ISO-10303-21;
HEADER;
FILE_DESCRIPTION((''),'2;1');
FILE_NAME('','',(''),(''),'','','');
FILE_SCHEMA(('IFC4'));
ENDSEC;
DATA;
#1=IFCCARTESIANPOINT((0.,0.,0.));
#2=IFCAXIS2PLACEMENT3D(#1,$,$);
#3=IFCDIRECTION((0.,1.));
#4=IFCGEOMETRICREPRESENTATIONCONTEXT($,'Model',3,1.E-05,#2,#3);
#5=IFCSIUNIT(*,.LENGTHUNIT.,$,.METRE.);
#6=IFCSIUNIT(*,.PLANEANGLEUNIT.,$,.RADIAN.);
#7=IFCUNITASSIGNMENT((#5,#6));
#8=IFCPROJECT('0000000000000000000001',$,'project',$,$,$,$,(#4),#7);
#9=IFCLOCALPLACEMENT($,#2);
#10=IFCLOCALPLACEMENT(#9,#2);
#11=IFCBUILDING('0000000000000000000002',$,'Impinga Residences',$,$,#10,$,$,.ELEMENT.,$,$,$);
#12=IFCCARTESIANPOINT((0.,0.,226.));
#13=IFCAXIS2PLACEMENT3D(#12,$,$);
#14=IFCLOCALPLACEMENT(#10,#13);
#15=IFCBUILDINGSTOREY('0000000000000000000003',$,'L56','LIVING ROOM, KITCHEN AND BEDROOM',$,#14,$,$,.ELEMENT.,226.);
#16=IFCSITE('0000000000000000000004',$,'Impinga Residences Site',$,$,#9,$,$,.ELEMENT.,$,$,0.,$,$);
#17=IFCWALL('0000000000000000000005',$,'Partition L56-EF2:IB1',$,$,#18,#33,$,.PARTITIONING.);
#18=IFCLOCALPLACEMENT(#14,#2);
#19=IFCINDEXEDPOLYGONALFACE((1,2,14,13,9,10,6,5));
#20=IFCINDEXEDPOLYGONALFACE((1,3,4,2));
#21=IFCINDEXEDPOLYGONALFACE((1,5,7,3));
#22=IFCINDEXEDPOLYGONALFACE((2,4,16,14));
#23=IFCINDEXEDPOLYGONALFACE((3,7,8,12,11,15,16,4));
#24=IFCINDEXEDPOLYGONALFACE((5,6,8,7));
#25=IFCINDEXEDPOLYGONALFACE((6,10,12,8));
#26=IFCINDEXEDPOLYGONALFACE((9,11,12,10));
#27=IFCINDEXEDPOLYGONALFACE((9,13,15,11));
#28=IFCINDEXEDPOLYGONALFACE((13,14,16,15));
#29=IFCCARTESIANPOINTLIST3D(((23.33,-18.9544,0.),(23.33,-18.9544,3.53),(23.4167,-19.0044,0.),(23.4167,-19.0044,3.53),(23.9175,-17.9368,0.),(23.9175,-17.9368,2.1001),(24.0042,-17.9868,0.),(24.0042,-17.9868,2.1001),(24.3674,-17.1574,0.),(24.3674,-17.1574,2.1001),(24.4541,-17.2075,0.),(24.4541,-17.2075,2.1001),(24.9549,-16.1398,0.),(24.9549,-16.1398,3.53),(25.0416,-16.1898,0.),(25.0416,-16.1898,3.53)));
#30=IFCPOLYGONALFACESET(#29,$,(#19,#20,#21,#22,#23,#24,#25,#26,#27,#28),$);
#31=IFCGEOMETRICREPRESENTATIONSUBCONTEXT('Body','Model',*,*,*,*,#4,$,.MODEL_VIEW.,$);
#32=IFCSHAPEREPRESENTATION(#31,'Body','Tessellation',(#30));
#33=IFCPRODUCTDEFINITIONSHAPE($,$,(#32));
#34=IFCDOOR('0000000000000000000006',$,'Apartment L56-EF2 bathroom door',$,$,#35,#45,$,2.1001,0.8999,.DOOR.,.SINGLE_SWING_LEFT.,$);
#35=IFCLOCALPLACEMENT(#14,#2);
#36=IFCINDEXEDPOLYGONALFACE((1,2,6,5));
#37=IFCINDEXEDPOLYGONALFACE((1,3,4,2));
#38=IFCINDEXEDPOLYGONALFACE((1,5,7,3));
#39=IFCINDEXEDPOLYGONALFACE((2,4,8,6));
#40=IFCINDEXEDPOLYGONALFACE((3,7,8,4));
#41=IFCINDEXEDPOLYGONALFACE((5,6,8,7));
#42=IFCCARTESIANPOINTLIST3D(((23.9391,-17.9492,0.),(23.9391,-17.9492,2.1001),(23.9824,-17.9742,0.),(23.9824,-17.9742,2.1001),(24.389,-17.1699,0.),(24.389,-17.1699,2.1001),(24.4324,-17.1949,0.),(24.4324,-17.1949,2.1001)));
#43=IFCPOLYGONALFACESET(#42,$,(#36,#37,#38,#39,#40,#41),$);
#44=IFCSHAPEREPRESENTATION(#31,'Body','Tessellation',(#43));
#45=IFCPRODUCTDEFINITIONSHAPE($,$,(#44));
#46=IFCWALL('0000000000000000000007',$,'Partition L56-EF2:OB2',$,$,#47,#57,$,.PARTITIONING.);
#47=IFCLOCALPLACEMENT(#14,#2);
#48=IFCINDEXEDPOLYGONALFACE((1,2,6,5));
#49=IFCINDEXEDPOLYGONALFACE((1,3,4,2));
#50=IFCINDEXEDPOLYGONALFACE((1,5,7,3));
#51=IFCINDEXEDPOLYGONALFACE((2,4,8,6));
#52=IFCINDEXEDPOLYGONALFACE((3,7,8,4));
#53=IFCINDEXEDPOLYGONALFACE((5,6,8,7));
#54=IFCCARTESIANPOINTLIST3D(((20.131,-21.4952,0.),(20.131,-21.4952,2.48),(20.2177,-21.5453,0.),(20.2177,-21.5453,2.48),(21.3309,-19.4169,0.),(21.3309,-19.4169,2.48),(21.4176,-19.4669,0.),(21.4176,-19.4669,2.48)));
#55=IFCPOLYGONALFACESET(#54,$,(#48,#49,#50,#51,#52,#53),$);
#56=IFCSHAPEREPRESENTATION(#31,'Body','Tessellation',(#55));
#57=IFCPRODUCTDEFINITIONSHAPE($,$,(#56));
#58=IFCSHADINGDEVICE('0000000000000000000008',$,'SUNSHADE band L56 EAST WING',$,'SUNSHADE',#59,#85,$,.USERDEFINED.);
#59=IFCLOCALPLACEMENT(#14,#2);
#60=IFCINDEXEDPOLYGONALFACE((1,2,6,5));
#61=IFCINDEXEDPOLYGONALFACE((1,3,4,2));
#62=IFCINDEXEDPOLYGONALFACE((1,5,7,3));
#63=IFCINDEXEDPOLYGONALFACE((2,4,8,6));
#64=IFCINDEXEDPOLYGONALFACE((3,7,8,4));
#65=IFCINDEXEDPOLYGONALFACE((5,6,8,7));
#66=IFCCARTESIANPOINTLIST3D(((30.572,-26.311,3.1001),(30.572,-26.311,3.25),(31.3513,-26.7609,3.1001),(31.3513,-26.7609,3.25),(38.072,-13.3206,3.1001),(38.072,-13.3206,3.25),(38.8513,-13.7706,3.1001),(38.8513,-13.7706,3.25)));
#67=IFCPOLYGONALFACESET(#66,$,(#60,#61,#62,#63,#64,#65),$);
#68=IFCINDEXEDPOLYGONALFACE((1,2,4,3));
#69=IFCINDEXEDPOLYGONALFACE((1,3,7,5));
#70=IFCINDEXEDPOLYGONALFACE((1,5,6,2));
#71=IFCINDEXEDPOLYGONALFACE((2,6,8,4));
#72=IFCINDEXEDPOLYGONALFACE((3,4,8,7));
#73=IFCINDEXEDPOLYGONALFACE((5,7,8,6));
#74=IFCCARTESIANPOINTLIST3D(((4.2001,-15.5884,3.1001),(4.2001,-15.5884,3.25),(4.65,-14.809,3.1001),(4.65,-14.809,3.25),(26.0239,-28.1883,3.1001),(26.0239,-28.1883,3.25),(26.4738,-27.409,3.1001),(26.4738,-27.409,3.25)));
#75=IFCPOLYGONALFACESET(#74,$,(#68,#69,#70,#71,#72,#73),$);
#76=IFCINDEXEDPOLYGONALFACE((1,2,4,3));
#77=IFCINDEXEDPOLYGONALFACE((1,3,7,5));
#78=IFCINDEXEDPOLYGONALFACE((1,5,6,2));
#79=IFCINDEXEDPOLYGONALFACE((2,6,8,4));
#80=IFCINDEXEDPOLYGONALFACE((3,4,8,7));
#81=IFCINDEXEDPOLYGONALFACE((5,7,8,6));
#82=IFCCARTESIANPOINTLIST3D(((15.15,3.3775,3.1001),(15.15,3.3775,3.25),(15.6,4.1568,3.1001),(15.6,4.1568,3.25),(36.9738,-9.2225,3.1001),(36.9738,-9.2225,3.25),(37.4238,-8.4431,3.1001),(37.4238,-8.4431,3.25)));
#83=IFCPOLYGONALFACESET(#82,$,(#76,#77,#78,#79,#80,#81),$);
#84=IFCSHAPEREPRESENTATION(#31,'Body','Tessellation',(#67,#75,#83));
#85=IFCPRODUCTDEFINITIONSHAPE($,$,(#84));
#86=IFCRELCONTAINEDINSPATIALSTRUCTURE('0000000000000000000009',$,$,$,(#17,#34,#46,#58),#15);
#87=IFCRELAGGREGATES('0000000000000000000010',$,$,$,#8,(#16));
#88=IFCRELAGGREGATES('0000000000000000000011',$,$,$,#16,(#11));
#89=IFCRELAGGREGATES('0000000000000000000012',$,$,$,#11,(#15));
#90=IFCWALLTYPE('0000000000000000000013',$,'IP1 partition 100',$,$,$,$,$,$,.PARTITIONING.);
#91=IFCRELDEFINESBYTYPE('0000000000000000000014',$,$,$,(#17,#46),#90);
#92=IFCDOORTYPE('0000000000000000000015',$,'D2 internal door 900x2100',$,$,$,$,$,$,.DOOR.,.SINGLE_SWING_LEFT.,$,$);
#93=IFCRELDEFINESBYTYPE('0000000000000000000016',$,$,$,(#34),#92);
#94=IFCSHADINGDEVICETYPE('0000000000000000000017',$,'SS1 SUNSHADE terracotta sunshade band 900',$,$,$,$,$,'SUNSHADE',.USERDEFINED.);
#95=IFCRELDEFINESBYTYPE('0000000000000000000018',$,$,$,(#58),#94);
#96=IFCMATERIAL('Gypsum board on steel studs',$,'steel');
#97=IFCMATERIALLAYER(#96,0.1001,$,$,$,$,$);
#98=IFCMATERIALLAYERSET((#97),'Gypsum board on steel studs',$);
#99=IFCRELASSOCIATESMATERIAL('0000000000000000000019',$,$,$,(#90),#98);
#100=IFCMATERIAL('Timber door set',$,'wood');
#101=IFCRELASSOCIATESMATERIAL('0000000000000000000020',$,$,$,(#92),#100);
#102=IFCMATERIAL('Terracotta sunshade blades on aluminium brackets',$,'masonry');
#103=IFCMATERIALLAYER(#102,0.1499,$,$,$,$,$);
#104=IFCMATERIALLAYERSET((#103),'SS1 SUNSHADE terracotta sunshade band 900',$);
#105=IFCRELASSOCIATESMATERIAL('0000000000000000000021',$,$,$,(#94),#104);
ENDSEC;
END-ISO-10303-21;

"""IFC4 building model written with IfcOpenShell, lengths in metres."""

from ifc_helpers import new_model, si_unit, direction, frame, frame_2d, origin, origin_2d, place, context, subcontext, project, spatial, rectangle, extrude, material, layer, layer_set, type_object, element, fill, save


model = new_model("IFC4")

# Units and contexts
model_context = context("Model", 3, precision=1e-05, world=origin(), true_north=direction((0.0, 1.0)))
body_context = subcontext(model_context, "Body", "Model", "MODEL_VIEW")
ifc_project = project(units=[si_unit("LENGTHUNIT", "METRE"), si_unit("PLANEANGLEUNIT", "RADIAN")], contexts=[model_context])

# Site, building, storey
site_placement = place(None, origin())
site = spatial("IfcSite", under=ifc_project, at=site_placement, Name="Impinga Residences Site", CompositionType="ELEMENT", RefElevation=0.0)
building_placement = place(site_placement, origin())
building = spatial("IfcBuilding", under=site, at=building_placement, Name="Impinga Residences", CompositionType="ELEMENT")
storey_placement = place(building_placement, frame((0.0, 0.0, 226.0)))
storey = spatial("IfcBuildingStorey", under=building, at=storey_placement, Name="L56", Description="LIVING ROOM, KITCHEN AND BEDROOM", CompositionType="ELEMENT", Elevation=226.0)

# Shared definitions
ifc_material_1 = material(Name="Timber door set", Category="wood")

# Shared definitions
ifc_material_2 = material(Name="Gypsum board on steel studs", Category="steel")
ifc_layer_1 = layer(ifc_material_2, 0.1001)
ifc_layer_set_1 = layer_set([ifc_layer_1], Name="Gypsum board on steel studs")
wall_type_1 = type_object("IfcWallType", Name="IP1 partition 100", PredefinedType="PARTITIONING", material=ifc_layer_set_1)

# Wall, opening, door
wall_1_placement = place(storey_placement, frame((24.9983, -16.1648, 0.0), z_axis=(0.0, 0.0, 1.0), x_axis=(-0.499985, -0.866034, 0.0)))
wall_1 = element("IfcWall", 1, at=wall_1_placement, inside=storey, type_object=wall_type_1, Name="Partition L56-EF2:IB1", PredefinedType="PARTITIONING", context=body_context, shape_type="SweptSolid", body=[
    extrude(rectangle(XDim=3.25, YDim=0.1001, at=frame_2d((1.625, 0.0))), origin(), (0.0, 0.0, 1.0), 3.53),
])
opening_1_placement = place(wall_1_placement, frame((1.175, 0.0, 0.0)))
opening_1 = element("IfcOpeningElement", 2, at=opening_1_placement, cuts=wall_1, PredefinedType="OPENING", context=body_context, shape_type="SweptSolid", body=[
    extrude(rectangle(XDim=0.8999, YDim=2.1001, at=frame_2d((0.45, 1.05))), frame((0.0, 0.0601, 0.0), z_axis=(0.0, -1.0, 0.0), x_axis=(1.0, 0.0, 0.0)), (0.0, 0.0, 1.0), 0.1201),
])
door_type_1 = type_object("IfcDoorType", Name="D2 internal door 900x2100", OperationType="SINGLE_SWING_LEFT", PredefinedType="DOOR", material=ifc_material_1)
door_1_placement = place(opening_1_placement, origin())
door_1 = element("IfcDoor", 3, at=door_1_placement, inside=storey, type_object=door_type_1, Name="Apartment L56-EF2 bathroom door", OperationType="SINGLE_SWING_LEFT", OverallHeight=2.1001, OverallWidth=0.8999, PredefinedType="DOOR", context=body_context, shape_type="SweptSolid", body=[
    extrude(rectangle(XDim=0.8999, YDim=2.1001, at=frame_2d((0.45, 1.05))), frame((0.0, 0.0249, 0.0), z_axis=(0.0, -1.0, 0.0), x_axis=(1.0, 0.0, 0.0)), (0.0, 0.0, 1.0), 0.05),
])
fill(opening_1, door_1)

# Wall
wall_2_placement = place(storey_placement, frame((21.3743, -19.4419, 0.0), z_axis=(0.0, 0.0, 1.0), x_axis=(-0.500001, -0.866025, 0.0)))
element("IfcWall", 4, at=wall_2_placement, inside=storey, type_object=wall_type_1, Name="Partition L56-EF2:OB2", PredefinedType="PARTITIONING", context=body_context, shape_type="SweptSolid", body=[
    extrude(rectangle(XDim=2.3999, YDim=0.1001, at=frame_2d((1.2, 0.0))), origin(), (0.0, 0.0, 1.0), 2.48),
])

# Shading device
ifc_material_3 = material(Name="Terracotta sunshade blades on aluminium brackets", Category="masonry")
ifc_layer_2 = layer(ifc_material_3, 0.1499)
ifc_layer_set_2 = layer_set([ifc_layer_2], Name="SS1 SUNSHADE terracotta sunshade band 900")
shading_device_type = type_object("IfcShadingDeviceType", Name="SS1 SUNSHADE terracotta sunshade band 900", ElementType="SUNSHADE", PredefinedType="USERDEFINED", material=ifc_layer_set_2)
shading_device_placement = place(storey_placement, frame((34.7117, -20.0408, 3.1001), z_axis=(0.0, 0.0, 1.0), x_axis=(-0.5, -0.866025, 0.0)))
element("IfcShadingDevice", 5, at=shading_device_placement, inside=storey, type_object=shading_device_type, Name="SUNSHADE band L56 EAST WING", ObjectType="SUNSHADE", PredefinedType="USERDEFINED", context=body_context, shape_type="SweptSolid", body=[
    extrude(rectangle(XDim=15.0, YDim=0.8999, at=origin_2d()), origin(), (0.0, 0.0, 1.0), 0.1499),
    extrude(rectangle(XDim=25.2, YDim=0.8999, at=origin_2d()), frame((10.95, -16.05, 0.0), z_axis=(0.0, 0.0, 1.0), x_axis=(0.0, -1.0, 0.0)), (0.0, 0.0, 1.0), 0.1499),
    extrude(rectangle(XDim=25.2, YDim=0.8999, at=origin_2d()), frame((-10.95, -16.05, 0.0), z_axis=(0.0, 0.0, 1.0), x_axis=(0.0, 1.0, 0.0)), (0.0, 0.0, 1.0), 0.1499),
])

save(model, "model.ifc")
